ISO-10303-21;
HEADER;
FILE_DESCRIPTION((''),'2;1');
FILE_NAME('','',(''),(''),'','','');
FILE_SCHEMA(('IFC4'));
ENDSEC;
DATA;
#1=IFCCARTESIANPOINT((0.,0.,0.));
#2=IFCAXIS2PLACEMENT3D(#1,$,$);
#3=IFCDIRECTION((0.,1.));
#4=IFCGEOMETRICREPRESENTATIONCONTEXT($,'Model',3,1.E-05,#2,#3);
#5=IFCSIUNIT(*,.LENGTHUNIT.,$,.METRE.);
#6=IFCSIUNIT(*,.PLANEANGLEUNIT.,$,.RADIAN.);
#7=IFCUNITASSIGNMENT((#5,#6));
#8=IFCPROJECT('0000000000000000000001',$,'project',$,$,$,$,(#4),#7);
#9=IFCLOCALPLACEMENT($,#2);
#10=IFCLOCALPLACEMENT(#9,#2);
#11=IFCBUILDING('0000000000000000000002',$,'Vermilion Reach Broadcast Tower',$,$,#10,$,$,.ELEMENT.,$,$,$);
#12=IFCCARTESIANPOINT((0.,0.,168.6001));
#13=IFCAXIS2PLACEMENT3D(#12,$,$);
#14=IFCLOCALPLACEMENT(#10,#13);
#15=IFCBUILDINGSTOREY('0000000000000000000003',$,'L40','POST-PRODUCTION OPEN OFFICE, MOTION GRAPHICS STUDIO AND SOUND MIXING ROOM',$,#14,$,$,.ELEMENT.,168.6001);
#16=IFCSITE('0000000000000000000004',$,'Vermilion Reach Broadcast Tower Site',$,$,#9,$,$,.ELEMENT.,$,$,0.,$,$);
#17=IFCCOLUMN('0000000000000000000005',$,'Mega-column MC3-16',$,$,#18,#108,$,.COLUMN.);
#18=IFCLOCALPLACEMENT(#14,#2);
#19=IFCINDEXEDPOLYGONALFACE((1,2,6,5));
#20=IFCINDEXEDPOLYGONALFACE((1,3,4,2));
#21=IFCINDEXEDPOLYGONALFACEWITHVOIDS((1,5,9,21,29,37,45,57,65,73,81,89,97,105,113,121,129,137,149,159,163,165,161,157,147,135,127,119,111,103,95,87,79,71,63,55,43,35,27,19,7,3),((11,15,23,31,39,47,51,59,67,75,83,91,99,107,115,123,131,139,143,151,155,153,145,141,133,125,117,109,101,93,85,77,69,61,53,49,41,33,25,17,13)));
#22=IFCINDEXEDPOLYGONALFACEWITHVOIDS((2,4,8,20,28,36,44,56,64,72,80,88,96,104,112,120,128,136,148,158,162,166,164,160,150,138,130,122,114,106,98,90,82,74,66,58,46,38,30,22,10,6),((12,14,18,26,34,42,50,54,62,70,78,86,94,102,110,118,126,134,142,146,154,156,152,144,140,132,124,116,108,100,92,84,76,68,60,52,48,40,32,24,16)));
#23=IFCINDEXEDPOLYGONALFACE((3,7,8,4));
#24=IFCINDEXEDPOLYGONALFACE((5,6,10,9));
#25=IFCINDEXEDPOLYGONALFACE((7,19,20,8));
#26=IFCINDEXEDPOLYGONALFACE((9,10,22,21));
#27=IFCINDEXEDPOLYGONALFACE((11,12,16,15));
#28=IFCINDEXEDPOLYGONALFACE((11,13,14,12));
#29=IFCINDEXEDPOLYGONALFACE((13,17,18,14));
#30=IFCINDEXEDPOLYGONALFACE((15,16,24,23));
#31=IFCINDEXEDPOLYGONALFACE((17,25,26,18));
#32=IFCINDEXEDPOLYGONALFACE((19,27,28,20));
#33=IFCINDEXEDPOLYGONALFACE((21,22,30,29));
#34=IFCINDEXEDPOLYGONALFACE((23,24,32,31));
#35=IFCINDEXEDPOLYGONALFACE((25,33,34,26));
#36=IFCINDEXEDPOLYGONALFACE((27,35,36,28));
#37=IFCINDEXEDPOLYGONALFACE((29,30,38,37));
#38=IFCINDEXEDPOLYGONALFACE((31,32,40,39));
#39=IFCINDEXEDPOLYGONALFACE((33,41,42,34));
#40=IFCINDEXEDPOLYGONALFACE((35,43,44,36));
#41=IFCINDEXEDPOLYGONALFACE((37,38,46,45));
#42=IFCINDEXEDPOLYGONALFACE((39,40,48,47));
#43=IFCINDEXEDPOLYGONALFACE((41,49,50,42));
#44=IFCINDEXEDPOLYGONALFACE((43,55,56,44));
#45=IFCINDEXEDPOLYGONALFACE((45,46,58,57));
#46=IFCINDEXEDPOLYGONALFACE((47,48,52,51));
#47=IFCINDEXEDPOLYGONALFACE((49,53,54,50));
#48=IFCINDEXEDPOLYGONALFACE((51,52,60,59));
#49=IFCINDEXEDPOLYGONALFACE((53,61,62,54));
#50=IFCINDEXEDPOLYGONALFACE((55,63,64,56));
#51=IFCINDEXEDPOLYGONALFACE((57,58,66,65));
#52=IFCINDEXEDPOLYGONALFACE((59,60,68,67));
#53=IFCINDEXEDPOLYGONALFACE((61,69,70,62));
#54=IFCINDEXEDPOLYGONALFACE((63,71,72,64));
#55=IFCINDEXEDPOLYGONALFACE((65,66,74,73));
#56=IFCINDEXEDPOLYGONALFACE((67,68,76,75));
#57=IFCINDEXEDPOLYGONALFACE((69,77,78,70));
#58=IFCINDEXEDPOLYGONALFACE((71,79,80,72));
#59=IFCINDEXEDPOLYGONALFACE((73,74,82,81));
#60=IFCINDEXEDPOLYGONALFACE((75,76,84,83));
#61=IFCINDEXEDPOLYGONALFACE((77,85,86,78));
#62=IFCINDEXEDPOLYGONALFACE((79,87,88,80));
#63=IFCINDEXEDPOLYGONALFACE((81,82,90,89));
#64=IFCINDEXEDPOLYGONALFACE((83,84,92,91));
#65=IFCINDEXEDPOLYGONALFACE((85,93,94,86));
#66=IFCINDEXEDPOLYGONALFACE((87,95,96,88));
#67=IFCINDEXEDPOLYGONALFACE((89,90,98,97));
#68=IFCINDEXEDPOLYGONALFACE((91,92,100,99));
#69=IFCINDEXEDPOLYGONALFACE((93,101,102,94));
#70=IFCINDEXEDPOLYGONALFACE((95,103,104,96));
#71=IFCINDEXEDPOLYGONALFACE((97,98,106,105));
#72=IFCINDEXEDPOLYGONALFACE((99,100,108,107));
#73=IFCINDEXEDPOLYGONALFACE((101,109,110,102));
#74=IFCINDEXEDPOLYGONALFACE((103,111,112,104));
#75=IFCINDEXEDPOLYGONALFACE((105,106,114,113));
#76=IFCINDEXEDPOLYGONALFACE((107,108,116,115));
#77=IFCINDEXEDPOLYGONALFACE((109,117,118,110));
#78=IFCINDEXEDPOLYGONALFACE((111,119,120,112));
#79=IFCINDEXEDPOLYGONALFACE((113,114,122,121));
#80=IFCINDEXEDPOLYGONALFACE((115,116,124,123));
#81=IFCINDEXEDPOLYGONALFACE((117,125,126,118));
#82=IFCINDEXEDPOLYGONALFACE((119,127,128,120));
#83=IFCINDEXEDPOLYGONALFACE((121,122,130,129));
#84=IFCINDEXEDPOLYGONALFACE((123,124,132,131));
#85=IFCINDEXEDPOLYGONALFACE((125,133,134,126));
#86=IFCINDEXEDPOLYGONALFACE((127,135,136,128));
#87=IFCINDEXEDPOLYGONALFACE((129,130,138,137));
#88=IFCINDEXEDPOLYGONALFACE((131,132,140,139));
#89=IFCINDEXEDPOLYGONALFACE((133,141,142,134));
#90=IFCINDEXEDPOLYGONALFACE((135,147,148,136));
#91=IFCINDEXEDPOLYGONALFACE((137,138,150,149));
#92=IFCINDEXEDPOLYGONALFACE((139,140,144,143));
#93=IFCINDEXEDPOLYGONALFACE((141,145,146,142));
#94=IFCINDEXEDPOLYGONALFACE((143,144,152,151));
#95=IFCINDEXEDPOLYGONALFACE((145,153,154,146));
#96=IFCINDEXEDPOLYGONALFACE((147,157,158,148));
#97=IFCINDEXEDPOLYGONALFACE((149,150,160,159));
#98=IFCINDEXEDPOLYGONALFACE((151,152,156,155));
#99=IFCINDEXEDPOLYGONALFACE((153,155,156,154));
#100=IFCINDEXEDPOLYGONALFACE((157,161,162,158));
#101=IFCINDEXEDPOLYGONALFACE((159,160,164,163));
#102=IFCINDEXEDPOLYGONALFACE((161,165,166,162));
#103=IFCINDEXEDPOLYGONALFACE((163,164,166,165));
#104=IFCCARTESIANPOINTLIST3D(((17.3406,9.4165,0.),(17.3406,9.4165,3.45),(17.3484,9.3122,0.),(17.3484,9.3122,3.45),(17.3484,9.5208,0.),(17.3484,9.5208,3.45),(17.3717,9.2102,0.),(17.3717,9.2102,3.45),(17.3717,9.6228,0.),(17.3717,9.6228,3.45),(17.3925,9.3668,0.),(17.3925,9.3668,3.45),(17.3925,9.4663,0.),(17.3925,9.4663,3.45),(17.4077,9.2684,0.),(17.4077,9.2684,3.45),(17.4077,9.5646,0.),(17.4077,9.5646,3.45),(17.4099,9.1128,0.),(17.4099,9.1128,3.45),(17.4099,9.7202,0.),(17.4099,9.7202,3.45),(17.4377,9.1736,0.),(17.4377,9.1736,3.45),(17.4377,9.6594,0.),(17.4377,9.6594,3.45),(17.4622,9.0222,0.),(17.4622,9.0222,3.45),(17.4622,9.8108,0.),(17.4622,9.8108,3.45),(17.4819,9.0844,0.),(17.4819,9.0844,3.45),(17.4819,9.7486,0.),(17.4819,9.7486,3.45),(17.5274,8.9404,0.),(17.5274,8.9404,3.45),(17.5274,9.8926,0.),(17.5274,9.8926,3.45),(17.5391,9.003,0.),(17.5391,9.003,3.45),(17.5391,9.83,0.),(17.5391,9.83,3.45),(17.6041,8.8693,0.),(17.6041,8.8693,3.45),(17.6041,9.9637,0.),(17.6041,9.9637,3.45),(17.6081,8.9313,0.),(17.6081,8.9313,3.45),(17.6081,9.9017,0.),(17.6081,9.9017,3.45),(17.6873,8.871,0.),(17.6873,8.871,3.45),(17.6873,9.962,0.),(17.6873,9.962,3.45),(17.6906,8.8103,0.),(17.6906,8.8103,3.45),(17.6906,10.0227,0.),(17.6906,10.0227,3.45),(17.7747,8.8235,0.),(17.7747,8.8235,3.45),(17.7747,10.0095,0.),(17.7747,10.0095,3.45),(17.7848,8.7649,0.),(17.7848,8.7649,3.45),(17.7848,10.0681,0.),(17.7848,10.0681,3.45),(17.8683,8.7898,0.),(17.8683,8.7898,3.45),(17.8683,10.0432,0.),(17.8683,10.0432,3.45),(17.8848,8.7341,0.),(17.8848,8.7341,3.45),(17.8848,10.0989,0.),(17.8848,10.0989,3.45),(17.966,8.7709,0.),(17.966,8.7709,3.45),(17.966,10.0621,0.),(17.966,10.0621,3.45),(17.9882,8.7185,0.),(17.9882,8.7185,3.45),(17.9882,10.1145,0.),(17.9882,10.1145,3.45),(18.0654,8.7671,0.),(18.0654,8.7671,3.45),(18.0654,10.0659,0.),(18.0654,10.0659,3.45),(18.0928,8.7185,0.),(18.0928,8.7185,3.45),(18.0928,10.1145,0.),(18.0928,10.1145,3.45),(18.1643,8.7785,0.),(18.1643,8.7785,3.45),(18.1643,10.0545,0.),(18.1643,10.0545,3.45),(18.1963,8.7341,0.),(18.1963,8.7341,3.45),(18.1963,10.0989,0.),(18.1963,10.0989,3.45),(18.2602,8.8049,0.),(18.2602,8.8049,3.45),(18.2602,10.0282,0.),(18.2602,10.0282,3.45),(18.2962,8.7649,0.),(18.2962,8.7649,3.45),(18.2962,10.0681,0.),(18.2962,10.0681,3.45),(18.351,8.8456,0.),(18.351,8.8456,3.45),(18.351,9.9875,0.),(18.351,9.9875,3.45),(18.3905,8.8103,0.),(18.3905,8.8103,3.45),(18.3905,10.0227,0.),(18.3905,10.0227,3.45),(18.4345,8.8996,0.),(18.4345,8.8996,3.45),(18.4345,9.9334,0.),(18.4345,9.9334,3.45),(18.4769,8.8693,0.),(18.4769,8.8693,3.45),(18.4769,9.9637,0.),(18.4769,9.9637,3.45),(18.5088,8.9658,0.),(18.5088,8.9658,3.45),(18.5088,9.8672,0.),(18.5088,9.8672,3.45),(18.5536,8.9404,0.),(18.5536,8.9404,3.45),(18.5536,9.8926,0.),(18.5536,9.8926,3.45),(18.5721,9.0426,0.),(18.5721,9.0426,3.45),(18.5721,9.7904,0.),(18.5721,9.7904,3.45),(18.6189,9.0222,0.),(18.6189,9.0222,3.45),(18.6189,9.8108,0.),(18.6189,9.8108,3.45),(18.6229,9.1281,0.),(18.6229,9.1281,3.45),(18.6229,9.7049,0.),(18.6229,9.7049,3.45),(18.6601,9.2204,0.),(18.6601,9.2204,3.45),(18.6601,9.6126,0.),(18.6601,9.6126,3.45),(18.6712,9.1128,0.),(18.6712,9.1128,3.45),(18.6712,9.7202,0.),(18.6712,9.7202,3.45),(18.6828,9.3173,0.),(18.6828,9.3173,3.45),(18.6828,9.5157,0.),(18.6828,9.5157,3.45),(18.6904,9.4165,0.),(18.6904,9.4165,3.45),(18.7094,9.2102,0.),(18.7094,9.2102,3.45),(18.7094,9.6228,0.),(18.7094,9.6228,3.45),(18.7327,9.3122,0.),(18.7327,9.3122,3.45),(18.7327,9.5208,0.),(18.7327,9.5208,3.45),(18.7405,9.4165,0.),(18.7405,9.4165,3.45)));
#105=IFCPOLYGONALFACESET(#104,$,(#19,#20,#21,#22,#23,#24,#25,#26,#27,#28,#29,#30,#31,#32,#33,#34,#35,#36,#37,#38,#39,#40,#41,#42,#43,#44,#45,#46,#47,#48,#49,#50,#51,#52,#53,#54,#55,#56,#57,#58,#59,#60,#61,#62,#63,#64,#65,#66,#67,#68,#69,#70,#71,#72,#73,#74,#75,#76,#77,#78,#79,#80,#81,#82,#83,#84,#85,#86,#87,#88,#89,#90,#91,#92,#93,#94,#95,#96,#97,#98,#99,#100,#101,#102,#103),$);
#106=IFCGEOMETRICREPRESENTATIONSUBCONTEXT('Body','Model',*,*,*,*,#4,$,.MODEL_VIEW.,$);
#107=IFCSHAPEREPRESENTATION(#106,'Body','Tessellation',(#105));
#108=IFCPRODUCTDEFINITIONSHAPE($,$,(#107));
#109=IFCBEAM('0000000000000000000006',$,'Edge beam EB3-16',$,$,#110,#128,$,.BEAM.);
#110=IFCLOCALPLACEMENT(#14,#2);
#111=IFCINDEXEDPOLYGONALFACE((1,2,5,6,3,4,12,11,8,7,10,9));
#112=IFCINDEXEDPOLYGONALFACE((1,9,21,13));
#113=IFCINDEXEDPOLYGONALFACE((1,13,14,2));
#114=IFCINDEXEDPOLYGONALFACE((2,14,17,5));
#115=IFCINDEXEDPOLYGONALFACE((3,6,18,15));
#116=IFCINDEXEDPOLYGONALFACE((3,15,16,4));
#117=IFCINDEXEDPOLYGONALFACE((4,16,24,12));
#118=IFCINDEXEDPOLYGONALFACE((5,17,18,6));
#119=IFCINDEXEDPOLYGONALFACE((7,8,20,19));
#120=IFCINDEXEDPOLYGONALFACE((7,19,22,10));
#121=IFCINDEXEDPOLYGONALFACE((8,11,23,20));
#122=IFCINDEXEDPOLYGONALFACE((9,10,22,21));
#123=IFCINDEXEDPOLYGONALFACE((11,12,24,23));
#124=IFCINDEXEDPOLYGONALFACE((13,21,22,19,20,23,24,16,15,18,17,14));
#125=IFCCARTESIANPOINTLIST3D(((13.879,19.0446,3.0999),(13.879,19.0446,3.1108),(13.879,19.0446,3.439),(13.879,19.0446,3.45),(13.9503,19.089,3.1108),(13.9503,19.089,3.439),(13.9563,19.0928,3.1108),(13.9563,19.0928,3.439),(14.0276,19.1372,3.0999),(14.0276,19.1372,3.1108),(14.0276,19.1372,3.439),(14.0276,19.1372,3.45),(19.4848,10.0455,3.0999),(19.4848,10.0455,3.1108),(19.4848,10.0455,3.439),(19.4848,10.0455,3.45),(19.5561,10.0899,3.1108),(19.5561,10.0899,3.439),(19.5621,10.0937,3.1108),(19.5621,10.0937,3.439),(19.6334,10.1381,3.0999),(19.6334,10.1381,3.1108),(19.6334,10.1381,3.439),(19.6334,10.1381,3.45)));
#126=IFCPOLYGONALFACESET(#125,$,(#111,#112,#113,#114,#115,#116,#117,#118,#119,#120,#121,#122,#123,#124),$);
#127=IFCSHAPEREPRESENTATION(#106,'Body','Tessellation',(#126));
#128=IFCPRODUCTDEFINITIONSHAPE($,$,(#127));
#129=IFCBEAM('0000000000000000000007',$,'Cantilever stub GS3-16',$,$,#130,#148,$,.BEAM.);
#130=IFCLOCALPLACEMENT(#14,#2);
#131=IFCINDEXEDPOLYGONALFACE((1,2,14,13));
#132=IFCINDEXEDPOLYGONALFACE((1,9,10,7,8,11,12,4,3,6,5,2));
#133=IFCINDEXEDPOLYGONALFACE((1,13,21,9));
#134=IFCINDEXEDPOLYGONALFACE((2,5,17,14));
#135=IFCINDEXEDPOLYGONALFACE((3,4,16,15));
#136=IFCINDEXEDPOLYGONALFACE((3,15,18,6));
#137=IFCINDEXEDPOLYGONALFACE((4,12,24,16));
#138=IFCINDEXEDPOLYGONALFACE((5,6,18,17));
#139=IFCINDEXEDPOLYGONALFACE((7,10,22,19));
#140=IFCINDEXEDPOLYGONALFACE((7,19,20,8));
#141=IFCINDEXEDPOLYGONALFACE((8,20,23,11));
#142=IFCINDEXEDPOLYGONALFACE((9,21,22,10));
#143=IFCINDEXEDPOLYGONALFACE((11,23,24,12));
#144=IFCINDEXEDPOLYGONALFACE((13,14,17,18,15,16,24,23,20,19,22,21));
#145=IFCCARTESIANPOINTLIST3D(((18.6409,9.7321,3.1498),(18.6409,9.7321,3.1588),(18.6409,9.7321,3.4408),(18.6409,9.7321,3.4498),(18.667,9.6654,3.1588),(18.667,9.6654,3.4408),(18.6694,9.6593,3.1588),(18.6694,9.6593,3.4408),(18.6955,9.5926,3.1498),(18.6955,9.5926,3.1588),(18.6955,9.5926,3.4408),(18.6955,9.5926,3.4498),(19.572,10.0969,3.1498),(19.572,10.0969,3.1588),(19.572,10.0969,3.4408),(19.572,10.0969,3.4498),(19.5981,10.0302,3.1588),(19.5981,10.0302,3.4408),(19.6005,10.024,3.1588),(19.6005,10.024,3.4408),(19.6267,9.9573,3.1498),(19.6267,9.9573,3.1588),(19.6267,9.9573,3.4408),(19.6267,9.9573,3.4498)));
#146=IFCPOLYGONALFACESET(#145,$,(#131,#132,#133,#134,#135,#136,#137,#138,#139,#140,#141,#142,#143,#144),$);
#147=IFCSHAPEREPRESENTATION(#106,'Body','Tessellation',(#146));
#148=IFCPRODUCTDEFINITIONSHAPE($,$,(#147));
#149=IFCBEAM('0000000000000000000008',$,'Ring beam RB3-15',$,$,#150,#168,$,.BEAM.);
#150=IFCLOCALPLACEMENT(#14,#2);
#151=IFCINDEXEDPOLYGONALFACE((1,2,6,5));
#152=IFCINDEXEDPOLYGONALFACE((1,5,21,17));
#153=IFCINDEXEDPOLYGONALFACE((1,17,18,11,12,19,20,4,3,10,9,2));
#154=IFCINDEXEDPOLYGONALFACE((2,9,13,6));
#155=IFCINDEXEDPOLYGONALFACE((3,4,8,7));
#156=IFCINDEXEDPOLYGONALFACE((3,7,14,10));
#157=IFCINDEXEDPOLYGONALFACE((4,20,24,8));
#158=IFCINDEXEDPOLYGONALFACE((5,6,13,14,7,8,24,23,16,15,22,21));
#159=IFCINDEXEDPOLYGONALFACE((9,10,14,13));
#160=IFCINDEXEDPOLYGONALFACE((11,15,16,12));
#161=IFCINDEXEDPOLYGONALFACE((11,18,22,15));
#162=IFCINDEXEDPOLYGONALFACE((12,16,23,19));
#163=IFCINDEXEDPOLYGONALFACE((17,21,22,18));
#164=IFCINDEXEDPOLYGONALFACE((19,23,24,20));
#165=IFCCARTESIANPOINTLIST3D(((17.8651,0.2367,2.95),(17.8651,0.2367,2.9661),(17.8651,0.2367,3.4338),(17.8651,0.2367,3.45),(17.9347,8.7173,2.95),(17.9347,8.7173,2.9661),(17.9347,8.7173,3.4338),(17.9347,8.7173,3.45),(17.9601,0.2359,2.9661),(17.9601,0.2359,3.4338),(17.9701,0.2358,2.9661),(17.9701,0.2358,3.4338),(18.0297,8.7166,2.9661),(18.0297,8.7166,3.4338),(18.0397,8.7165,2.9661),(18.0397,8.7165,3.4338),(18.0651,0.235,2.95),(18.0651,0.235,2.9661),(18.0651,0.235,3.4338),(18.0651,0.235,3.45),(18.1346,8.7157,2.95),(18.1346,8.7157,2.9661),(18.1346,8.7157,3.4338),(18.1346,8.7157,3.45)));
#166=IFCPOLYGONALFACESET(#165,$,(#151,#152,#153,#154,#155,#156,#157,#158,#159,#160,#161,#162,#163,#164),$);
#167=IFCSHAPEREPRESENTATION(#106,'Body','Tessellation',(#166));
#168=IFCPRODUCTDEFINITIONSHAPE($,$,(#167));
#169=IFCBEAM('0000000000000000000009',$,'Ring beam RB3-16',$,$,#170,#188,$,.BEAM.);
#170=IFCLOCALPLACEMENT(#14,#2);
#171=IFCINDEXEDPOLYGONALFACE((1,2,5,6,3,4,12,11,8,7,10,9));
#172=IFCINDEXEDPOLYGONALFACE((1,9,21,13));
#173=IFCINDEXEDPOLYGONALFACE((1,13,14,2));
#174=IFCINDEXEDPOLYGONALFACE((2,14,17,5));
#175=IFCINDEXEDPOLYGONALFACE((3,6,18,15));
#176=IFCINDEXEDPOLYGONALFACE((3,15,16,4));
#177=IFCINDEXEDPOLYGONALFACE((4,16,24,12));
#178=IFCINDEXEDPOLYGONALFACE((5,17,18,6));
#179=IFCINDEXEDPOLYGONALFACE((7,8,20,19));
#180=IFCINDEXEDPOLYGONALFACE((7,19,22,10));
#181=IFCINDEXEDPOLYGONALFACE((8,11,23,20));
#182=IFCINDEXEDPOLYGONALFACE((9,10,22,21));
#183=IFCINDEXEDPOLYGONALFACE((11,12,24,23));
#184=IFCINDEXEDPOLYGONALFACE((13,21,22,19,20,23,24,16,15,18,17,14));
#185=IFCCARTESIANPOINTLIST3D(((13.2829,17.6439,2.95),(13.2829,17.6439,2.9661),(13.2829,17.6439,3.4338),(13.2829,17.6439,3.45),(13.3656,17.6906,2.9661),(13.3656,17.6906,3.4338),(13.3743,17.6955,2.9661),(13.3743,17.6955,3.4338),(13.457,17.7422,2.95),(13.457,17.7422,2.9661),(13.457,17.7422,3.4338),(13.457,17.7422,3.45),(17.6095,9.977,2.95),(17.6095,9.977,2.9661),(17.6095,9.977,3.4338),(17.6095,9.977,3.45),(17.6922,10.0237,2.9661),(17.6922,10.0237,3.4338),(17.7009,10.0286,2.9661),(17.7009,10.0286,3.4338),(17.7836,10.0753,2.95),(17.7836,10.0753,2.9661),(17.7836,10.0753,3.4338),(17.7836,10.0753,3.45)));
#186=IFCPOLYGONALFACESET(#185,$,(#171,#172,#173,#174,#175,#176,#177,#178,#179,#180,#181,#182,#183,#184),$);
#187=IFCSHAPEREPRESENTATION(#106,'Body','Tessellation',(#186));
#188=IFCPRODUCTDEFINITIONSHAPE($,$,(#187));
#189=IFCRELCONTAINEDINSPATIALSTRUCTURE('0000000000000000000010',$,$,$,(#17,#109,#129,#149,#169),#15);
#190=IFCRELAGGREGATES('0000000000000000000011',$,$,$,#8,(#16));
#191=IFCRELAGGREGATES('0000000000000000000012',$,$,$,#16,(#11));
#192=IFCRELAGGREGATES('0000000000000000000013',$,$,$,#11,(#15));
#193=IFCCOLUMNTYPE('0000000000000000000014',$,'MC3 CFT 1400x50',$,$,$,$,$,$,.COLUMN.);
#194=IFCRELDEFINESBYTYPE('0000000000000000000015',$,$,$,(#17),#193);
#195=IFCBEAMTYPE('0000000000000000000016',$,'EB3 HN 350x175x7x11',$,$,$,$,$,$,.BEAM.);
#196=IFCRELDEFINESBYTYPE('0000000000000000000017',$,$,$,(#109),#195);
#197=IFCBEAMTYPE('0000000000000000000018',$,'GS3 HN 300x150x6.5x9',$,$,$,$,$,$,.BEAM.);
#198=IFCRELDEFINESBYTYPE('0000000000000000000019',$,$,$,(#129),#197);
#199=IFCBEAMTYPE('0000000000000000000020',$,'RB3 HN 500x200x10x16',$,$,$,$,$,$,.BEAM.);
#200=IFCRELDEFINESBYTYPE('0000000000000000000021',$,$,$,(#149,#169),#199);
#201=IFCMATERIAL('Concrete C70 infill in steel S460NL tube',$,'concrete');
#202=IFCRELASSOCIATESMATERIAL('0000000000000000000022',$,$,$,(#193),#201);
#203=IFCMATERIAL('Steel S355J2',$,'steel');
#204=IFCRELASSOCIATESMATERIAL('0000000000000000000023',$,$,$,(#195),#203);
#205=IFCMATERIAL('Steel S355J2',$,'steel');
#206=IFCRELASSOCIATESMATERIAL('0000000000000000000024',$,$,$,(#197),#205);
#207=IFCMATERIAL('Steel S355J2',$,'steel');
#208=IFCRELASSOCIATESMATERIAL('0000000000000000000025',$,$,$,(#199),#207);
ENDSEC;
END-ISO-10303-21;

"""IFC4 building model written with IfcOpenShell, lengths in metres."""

from ifc_helpers import new_model, si_unit, direction, frame, origin, origin_2d, place, context, subcontext, project, spatial, hollow_circle, i_section, extrude, material, material_profile, profile_set, type_object, element, save


model = new_model("IFC4")

# Units and contexts
model_context = context("Model", 3, precision=1e-05, world=origin(), true_north=direction((0.0, 1.0)))
body_context = subcontext(model_context, "Body", "Model", "MODEL_VIEW")
ifc_project = project(units=[si_unit("LENGTHUNIT", "METRE"), si_unit("PLANEANGLEUNIT", "RADIAN")], contexts=[model_context])

# Site, building, storey
site_placement = place(None, origin())
site = spatial("IfcSite", under=ifc_project, at=site_placement, Name="Vermilion Reach Broadcast Tower Site", CompositionType="ELEMENT", RefElevation=0.0)
building_placement = place(site_placement, origin())
building = spatial("IfcBuilding", under=site, at=building_placement, Name="Vermilion Reach Broadcast Tower", CompositionType="ELEMENT")
storey_placement = place(building_placement, frame((0.0, 0.0, 168.6001)))
storey = spatial("IfcBuildingStorey", under=building, at=storey_placement, Name="L40", Description="POST-PRODUCTION OPEN OFFICE, MOTION GRAPHICS STUDIO AND SOUND MIXING ROOM", CompositionType="ELEMENT", Elevation=168.6001)

# Column
ifc_material_1 = material(Name="Concrete C70 infill in steel S460NL tube", Category="concrete")
ifc_material_profile_1 = material_profile(ifc_material_1, hollow_circle(Radius=0.7, WallThickness=0.05, at=origin_2d()), Name="Concrete C70 infill in steel S460NL tube CFT 1400x50")
ifc_profile_set_1 = profile_set([ifc_material_profile_1], Name="Concrete C70 infill in steel S460NL tube")
column_type = type_object("IfcColumnType", Name="MC3 CFT 1400x50", PredefinedType="COLUMN", material=ifc_profile_set_1)
column_placement = place(storey_placement, frame((18.0405, 9.4165, 0.0), z_axis=(0.0, 0.0, 1.0), x_axis=(1.0, 0.0, 0.0)))
element("IfcColumn", 1, at=column_placement, inside=storey, type_object=column_type, Name="Mega-column MC3-16", PredefinedType="COLUMN", context=body_context, shape_type="SweptSolid", body=[
    extrude(hollow_circle(Radius=0.7, WallThickness=0.05, at=origin_2d()), origin(), (0.0, 0.0, 1.0), 3.45),
])

# Beams
ifc_material_2 = material(Name="Steel S355J2", Category="steel")
ifc_material_profile_2 = material_profile(ifc_material_2, i_section(OverallWidth=0.175, OverallDepth=0.3501, WebThickness=0.0071, FlangeThickness=0.011, at=origin_2d()), Name="S355J2 HN 350x175x7x11")
ifc_profile_set_2 = profile_set([ifc_material_profile_2], Name="Steel S355J2")
beam_type_1 = type_object("IfcBeamType", Name="EB3 HN 350x175x7x11", PredefinedType="BEAM", material=ifc_profile_set_2)
beam_1_placement = place(storey_placement, frame((19.5591, 10.0918, 3.2749), z_axis=(-0.528732, 0.848789, 0.0), x_axis=(-0.848789, -0.528732, 0.0)))
element("IfcBeam", 2, at=beam_1_placement, inside=storey, type_object=beam_type_1, Name="Edge beam EB3-16", PredefinedType="BEAM", context=body_context, shape_type="SweptSolid", body=[
    extrude(i_section(OverallWidth=0.175, OverallDepth=0.3501, WebThickness=0.0071, FlangeThickness=0.011, at=origin_2d()), origin(), (0.0, 0.0, 1.0), 10.6023),
])
ifc_material_3 = material(Name="Steel S355J2", Category="steel")
ifc_material_profile_3 = material_profile(ifc_material_3, i_section(OverallWidth=0.1499, OverallDepth=0.3, WebThickness=0.0066, FlangeThickness=0.009, at=origin_2d()), Name="S355J2 HN 300x150x6.5x9")
ifc_profile_set_3 = profile_set([ifc_material_profile_3], Name="Steel S355J2")
beam_type_2 = type_object("IfcBeamType", Name="GS3 HN 300x150x6.5x9", PredefinedType="BEAM", material=ifc_profile_set_3)
beam_2_placement = place(storey_placement, frame((18.6682, 9.6624, 3.2998), z_axis=(0.931113, 0.364731, 0.0), x_axis=(-0.364731, 0.931113, 0.0)))
element("IfcBeam", 3, at=beam_2_placement, inside=storey, type_object=beam_type_2, Name="Cantilever stub GS3-16", PredefinedType="BEAM", context=body_context, shape_type="SweptSolid", body=[
    extrude(i_section(OverallWidth=0.1499, OverallDepth=0.3, WebThickness=0.0066, FlangeThickness=0.009, at=origin_2d()), origin(), (0.0, 0.0, 1.0), 1.0),
])
ifc_material_4 = material(Name="Steel S355J2", Category="steel")
ifc_material_profile_4 = material_profile(ifc_material_4, i_section(OverallWidth=0.2, OverallDepth=0.5, WebThickness=0.01, FlangeThickness=0.0161, at=origin_2d()), Name="S355J2 HN 500x200x10x16")
ifc_profile_set_4 = profile_set([ifc_material_profile_4], Name="Steel S355J2")
beam_type_3 = type_object("IfcBeamType", Name="RB3 HN 500x200x10x16", PredefinedType="BEAM", material=ifc_profile_set_4)
beam_3_placement = place(storey_placement, frame((17.9651, 0.2358, 3.2), z_axis=(0.008204, 0.999966, 0.0), x_axis=(-0.999966, 0.008204, 0.0)))
element("IfcBeam", 4, at=beam_3_placement, inside=storey, type_object=beam_type_3, Name="Ring beam RB3-15", PredefinedType="BEAM", context=body_context, shape_type="SweptSolid", body=[
    extrude(i_section(OverallWidth=0.2, OverallDepth=0.5, WebThickness=0.01, FlangeThickness=0.0161, at=origin_2d()), origin(), (0.0, 0.0, 1.0), 8.481),
])
beam_4_placement = place(storey_placement, frame((17.6965, 10.0261, 3.2), z_axis=(-0.491467, 0.870896, 0.0), x_axis=(-0.870896, -0.491467, 0.0)))
element("IfcBeam", 5, at=beam_4_placement, inside=storey, type_object=beam_type_3, Name="Ring beam RB3-16", PredefinedType="BEAM", context=body_context, shape_type="SweptSolid", body=[
    extrude(i_section(OverallWidth=0.2, OverallDepth=0.5, WebThickness=0.01, FlangeThickness=0.0161, at=origin_2d()), origin(), (0.0, 0.0, 1.0), 8.8035),
])

save(model, "model.ifc")
